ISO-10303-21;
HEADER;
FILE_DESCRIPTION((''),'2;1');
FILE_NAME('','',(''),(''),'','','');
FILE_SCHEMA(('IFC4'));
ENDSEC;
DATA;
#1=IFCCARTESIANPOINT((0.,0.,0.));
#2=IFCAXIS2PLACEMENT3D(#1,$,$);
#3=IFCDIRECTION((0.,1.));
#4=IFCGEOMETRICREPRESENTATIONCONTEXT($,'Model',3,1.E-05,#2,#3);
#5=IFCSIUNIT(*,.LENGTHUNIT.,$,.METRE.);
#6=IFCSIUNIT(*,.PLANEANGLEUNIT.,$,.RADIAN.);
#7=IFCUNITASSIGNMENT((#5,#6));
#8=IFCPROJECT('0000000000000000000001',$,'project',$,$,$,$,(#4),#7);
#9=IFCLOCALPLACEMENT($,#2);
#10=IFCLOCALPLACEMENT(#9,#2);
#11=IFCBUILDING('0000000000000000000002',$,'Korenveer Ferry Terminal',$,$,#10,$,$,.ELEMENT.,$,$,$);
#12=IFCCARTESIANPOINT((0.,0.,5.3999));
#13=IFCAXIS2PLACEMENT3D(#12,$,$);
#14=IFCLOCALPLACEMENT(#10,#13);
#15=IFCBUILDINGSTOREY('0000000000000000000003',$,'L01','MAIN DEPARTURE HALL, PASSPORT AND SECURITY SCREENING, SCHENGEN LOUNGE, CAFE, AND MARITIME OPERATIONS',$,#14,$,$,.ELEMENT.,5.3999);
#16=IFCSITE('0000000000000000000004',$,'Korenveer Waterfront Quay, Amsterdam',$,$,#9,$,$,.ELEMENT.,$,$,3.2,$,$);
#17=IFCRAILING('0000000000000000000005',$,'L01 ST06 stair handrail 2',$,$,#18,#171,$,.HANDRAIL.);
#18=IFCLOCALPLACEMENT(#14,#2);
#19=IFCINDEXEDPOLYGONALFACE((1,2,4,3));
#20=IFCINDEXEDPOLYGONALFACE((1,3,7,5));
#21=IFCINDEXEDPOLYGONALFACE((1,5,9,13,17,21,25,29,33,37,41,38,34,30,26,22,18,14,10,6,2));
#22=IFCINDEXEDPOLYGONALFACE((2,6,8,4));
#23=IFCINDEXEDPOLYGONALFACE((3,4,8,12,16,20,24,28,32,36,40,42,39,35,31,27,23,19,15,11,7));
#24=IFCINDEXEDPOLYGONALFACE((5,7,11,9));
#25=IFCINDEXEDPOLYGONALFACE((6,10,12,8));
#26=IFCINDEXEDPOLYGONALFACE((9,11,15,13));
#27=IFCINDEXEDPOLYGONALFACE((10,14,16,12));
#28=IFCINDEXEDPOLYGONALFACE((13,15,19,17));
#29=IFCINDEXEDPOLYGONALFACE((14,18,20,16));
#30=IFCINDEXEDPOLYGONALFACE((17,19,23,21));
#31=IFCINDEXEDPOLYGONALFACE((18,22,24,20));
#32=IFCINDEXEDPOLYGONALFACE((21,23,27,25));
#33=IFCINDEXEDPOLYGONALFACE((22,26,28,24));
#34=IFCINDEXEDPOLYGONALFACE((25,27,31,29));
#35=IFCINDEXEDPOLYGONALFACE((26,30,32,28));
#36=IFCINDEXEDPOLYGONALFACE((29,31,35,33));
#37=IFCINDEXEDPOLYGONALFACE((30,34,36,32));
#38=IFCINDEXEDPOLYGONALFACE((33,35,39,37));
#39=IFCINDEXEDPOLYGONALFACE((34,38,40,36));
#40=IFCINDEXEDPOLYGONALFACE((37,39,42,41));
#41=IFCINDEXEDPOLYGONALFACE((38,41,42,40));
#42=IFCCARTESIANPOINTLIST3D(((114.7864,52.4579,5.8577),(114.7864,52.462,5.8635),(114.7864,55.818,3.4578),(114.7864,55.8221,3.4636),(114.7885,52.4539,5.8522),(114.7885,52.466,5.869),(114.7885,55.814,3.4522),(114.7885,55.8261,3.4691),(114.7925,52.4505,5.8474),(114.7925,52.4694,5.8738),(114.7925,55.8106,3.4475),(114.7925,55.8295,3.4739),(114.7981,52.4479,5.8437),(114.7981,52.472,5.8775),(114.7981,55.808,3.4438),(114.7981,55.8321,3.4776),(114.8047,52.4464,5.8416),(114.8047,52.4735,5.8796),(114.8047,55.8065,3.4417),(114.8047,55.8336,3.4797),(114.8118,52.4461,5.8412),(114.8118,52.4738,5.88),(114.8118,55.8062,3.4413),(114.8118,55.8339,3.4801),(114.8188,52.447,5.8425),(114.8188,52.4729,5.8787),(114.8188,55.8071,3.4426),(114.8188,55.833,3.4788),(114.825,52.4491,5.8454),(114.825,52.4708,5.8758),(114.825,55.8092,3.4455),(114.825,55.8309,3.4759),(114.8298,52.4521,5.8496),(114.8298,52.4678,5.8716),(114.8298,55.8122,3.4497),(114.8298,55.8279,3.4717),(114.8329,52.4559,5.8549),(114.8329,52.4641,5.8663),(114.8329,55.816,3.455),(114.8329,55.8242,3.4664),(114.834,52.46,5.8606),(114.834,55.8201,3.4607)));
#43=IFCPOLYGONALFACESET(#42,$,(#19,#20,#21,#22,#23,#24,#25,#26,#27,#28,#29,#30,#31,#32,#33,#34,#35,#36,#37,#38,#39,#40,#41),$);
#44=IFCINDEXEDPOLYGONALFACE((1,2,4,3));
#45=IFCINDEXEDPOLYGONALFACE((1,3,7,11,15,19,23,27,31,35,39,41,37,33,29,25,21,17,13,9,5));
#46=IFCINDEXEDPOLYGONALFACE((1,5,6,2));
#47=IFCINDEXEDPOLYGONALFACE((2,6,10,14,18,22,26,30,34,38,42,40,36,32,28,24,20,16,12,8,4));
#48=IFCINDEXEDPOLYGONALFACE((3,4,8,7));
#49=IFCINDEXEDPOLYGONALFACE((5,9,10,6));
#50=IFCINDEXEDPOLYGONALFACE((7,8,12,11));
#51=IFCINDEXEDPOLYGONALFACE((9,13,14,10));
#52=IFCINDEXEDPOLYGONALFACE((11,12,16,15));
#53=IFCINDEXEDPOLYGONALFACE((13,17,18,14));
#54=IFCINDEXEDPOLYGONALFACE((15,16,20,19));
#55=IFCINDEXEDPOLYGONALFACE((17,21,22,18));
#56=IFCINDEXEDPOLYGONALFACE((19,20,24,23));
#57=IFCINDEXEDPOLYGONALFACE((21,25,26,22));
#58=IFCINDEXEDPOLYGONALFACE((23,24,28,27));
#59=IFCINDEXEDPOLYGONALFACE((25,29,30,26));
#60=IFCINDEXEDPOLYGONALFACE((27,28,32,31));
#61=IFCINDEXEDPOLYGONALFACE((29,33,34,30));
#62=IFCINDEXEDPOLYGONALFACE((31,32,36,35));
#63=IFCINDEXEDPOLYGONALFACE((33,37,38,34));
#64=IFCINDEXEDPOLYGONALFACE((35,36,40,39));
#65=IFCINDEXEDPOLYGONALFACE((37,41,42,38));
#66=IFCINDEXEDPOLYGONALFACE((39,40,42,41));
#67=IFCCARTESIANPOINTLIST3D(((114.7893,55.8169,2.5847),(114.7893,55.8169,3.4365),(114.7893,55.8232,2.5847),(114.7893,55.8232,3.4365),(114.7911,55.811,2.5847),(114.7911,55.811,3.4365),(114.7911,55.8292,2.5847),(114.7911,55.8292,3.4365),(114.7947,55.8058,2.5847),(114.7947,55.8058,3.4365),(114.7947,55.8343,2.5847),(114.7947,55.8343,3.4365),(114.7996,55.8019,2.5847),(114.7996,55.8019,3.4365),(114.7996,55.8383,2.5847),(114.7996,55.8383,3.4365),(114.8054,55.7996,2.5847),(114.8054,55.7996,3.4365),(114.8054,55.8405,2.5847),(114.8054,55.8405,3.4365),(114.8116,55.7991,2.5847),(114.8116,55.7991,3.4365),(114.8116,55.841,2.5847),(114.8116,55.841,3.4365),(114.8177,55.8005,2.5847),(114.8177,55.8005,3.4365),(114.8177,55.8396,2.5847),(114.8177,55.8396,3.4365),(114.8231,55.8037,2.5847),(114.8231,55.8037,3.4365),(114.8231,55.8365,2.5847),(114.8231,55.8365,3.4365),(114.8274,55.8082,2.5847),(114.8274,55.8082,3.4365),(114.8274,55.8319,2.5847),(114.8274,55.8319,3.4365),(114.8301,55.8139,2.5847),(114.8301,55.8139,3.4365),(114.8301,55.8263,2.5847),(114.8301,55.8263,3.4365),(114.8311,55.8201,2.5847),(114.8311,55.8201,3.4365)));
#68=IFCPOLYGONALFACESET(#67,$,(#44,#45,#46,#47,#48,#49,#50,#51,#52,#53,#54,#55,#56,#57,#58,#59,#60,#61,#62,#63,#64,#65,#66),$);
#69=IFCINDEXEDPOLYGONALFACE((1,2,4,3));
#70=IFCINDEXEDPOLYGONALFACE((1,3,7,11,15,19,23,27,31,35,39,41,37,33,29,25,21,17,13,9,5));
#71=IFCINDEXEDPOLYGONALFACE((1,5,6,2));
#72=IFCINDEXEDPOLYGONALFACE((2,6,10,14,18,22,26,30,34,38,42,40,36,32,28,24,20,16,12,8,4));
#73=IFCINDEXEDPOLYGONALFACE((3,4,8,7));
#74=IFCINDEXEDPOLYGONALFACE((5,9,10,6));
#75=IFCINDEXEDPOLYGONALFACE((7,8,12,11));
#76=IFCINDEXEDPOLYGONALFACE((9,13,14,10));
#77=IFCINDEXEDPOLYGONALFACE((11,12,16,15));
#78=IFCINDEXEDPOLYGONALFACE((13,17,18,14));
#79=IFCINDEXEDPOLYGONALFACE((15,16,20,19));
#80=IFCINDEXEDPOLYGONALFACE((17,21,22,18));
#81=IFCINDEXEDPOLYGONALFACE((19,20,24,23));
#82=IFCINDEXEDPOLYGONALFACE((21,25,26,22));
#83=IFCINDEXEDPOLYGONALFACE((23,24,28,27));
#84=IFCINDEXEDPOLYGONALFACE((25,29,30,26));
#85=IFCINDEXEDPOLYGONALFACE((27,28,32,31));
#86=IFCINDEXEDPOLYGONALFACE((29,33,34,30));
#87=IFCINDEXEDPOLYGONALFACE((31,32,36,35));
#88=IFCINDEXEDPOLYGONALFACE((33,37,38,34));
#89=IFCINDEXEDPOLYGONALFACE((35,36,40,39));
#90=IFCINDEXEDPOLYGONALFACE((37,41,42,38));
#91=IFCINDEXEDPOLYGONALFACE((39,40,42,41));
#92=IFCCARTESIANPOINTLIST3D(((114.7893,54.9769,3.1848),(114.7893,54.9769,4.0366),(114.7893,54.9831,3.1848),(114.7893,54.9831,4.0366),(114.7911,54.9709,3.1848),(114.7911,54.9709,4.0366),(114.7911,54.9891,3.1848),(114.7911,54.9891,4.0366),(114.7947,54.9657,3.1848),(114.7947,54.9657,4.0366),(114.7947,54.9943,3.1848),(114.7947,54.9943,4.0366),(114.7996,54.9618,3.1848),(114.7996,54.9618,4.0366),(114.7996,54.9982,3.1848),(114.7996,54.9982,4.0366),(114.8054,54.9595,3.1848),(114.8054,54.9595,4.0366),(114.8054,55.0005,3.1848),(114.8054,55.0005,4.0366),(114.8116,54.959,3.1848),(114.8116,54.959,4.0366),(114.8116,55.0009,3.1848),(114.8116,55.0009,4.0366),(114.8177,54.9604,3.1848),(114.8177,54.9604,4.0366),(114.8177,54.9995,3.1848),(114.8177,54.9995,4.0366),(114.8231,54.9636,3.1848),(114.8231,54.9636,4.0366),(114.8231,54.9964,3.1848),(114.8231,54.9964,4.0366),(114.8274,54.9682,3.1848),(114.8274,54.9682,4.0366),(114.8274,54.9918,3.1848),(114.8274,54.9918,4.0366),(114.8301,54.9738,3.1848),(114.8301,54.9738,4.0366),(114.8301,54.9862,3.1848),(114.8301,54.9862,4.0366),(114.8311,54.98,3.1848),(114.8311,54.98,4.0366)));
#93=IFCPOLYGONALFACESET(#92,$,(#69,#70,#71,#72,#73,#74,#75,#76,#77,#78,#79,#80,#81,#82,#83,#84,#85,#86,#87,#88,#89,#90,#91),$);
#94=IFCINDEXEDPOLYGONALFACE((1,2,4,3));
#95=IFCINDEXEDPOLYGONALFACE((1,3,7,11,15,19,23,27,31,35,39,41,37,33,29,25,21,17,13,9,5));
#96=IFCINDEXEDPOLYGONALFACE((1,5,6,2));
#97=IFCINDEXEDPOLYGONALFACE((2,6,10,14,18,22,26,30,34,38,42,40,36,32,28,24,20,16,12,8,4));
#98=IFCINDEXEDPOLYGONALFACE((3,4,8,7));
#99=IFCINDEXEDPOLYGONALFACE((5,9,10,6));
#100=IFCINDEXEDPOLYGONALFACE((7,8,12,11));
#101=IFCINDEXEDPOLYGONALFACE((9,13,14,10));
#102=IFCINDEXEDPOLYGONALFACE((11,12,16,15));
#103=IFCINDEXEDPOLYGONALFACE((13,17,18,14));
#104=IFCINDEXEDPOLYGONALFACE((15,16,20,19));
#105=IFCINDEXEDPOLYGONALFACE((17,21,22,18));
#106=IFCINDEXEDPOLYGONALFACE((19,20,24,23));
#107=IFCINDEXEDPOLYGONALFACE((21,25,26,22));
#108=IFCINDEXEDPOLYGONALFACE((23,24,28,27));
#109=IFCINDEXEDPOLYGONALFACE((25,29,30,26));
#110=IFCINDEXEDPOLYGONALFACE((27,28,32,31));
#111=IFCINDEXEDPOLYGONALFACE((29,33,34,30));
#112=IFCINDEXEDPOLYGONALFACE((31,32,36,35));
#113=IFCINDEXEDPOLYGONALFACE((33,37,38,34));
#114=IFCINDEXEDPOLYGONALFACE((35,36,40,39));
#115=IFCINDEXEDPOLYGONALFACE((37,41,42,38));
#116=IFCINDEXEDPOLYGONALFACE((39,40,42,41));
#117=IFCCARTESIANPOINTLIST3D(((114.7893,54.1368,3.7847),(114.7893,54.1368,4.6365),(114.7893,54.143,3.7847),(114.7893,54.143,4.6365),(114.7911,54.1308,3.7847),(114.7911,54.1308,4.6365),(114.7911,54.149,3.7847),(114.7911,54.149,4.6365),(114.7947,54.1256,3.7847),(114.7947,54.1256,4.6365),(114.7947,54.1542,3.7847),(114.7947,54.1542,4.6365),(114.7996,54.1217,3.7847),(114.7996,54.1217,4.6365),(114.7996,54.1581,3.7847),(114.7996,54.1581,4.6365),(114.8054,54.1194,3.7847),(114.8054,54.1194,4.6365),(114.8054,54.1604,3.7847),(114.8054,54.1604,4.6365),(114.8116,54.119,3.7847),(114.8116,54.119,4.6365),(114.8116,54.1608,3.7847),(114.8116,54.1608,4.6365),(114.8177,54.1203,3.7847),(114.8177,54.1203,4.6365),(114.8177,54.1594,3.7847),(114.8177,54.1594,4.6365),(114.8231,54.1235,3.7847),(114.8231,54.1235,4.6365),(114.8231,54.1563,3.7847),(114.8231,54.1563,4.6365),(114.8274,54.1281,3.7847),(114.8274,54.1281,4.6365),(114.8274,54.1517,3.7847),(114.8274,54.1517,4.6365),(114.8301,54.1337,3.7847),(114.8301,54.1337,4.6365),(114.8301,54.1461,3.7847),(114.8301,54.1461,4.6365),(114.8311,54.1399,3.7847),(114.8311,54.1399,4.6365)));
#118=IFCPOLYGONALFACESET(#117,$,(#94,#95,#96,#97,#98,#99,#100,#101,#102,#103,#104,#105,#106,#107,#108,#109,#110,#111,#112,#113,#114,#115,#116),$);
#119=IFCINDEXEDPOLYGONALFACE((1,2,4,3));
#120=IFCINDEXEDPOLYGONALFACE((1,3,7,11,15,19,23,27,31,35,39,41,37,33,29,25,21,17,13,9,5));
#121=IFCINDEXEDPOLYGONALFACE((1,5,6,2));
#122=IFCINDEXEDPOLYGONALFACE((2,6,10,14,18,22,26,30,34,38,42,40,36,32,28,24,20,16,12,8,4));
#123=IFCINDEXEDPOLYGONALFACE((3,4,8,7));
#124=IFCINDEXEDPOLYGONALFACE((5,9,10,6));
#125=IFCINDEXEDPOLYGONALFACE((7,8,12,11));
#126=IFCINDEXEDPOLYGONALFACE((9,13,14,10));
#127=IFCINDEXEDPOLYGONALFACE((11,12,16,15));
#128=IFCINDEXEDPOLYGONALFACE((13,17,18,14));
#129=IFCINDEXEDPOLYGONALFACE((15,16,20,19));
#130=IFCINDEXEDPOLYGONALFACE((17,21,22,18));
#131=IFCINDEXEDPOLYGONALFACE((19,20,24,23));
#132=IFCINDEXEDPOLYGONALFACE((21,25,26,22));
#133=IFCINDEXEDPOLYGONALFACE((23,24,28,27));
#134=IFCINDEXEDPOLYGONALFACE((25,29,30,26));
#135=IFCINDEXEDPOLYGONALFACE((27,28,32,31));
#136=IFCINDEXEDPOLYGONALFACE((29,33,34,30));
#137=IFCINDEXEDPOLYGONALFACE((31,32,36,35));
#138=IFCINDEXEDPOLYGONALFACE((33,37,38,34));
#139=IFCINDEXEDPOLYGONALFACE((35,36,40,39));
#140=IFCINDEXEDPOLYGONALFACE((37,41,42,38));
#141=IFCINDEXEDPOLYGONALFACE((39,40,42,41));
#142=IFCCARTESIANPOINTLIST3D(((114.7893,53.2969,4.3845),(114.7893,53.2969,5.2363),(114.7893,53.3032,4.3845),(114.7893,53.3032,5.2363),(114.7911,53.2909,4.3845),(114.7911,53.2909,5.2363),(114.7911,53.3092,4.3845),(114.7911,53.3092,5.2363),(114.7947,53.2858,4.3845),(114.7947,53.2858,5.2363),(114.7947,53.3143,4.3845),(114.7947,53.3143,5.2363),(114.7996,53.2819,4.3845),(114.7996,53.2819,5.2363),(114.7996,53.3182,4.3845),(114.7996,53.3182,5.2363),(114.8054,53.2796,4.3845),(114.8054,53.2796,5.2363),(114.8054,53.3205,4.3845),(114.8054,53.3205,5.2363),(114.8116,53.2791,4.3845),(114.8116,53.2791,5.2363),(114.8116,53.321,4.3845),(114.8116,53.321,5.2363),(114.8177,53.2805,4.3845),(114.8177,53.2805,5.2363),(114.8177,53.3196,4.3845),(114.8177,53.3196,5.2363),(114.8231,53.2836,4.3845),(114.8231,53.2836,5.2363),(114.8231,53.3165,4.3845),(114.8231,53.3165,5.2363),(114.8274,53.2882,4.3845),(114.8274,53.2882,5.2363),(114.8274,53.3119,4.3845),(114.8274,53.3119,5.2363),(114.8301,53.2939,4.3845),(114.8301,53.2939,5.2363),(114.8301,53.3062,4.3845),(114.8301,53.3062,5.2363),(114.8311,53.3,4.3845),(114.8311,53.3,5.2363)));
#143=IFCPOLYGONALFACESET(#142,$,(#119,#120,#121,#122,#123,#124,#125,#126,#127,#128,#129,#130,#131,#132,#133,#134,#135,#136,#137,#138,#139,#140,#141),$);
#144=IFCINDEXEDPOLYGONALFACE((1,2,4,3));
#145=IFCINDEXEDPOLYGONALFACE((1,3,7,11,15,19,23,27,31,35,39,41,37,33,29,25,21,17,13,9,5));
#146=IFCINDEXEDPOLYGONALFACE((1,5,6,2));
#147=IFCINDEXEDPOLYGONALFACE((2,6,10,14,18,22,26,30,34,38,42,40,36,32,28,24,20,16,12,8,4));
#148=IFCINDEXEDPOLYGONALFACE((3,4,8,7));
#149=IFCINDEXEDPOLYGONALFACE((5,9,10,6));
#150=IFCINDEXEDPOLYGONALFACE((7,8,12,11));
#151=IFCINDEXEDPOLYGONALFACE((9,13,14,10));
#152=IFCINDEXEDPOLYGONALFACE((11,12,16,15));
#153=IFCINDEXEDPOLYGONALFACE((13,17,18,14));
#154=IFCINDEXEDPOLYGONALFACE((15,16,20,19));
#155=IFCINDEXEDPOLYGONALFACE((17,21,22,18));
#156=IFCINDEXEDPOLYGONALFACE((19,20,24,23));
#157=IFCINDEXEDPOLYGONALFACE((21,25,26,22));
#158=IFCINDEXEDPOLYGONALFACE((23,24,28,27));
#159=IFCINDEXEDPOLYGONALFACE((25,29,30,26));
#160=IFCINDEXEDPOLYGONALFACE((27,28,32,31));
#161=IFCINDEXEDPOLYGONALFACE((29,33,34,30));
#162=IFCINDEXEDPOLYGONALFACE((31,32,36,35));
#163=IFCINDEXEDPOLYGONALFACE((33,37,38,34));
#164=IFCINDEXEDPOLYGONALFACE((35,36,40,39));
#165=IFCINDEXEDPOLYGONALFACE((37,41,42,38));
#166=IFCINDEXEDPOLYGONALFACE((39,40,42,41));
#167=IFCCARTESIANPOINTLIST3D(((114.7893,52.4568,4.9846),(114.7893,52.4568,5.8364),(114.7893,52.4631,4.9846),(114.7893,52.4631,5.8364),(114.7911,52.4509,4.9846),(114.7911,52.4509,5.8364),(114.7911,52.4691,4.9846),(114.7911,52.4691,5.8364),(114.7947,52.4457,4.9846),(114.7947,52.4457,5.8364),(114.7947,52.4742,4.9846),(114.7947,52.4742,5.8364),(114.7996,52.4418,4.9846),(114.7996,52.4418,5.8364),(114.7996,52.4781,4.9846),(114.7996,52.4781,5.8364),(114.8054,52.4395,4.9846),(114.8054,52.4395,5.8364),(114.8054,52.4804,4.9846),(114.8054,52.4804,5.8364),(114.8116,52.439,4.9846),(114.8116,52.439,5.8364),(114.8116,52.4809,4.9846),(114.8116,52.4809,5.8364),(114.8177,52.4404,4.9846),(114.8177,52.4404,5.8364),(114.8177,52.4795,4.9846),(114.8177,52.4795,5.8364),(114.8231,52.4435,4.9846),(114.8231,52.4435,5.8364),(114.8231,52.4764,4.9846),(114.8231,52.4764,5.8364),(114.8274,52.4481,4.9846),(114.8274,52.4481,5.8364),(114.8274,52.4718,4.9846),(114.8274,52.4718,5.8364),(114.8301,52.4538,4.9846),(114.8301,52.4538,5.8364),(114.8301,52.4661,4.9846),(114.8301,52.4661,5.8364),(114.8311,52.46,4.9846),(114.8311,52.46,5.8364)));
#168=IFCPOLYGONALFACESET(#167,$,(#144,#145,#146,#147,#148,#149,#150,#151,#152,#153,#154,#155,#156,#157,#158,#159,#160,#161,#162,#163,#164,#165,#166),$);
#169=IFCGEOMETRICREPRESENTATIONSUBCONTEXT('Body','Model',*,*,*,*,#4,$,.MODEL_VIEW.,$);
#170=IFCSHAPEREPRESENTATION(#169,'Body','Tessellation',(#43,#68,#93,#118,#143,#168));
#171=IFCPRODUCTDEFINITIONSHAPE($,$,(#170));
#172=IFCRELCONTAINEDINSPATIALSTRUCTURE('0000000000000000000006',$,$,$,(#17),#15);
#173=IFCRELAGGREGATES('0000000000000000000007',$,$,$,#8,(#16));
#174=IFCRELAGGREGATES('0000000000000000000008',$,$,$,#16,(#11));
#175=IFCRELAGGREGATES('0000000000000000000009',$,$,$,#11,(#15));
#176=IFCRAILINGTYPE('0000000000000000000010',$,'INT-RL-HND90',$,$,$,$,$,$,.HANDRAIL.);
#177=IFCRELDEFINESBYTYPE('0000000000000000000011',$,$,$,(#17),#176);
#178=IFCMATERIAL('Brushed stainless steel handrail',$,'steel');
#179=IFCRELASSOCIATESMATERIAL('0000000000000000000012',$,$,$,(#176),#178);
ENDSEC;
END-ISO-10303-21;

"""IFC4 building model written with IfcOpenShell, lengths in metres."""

from ifc_helpers import new_model, si_unit, direction, frame, origin, origin_2d, place, context, subcontext, project, spatial, circle, extrude, material, type_object, element, save


model = new_model("IFC4")

# Units and contexts
model_context = context("Model", 3, precision=1e-05, world=origin(), true_north=direction((0.0, 1.0)))
body_context = subcontext(model_context, "Body", "Model", "MODEL_VIEW")
ifc_project = project(units=[si_unit("LENGTHUNIT", "METRE"), si_unit("PLANEANGLEUNIT", "RADIAN")], contexts=[model_context])

# Site, building, storey
site_placement = place(None, origin())
site = spatial("IfcSite", under=ifc_project, at=site_placement, Name="Korenveer Waterfront Quay, Amsterdam", CompositionType="ELEMENT", RefElevation=3.2)
building_placement = place(site_placement, origin())
building = spatial("IfcBuilding", under=site, at=building_placement, Name="Korenveer Ferry Terminal", CompositionType="ELEMENT")
storey_placement = place(building_placement, frame((0.0, 0.0, 5.3999)))
storey = spatial("IfcBuildingStorey", under=building, at=storey_placement, Name="L01", Description="MAIN DEPARTURE HALL, PASSPORT AND SECURITY SCREENING, SCHENGEN LOUNGE, CAFE, AND MARITIME OPERATIONS", CompositionType="ELEMENT", Elevation=5.3999)

# Railing
ifc_material_1 = material(Name="Brushed stainless steel handrail", Category="steel")
railing_type_1 = type_object("IfcRailingType", Name="INT-RL-HND90", PredefinedType="HANDRAIL", material=ifc_material_1)
railing_1_placement = place(storey_placement, frame((114.8101, 55.8201, 2.5847)))
element("IfcRailing", 1, at=railing_1_placement, inside=storey, type_object=railing_type_1, Name="L01 ST06 stair handrail 2", PredefinedType="HANDRAIL", context=body_context, shape_type="SweptSolid", body=[
    extrude(circle(Radius=0.0239, at=origin_2d()), frame((0.0, 0.0, 0.876), z_axis=(0.0, -0.813753, 0.58121), x_axis=(1.0, 0.0, 0.0)), (0.0, 0.0, 1.0), 4.1292),
    extrude(circle(Radius=0.021, at=origin_2d()), origin(), (0.0, 0.0, 1.0), 0.8518),
    extrude(circle(Radius=0.021, at=origin_2d()), frame((0.0, -0.8401, 0.6001)), (0.0, 0.0, 1.0), 0.8518),
    extrude(circle(Radius=0.021, at=origin_2d()), frame((0.0, -1.6802, 1.2)), (0.0, 0.0, 1.0), 0.8518),
    extrude(circle(Radius=0.021, at=origin_2d()), frame((0.0, -2.52, 1.7998)), (0.0, 0.0, 1.0), 0.8518),
    extrude(circle(Radius=0.021, at=origin_2d()), frame((0.0, -3.3601, 2.3999)), (0.0, 0.0, 1.0), 0.8518),
])

save(model, "model.ifc")
